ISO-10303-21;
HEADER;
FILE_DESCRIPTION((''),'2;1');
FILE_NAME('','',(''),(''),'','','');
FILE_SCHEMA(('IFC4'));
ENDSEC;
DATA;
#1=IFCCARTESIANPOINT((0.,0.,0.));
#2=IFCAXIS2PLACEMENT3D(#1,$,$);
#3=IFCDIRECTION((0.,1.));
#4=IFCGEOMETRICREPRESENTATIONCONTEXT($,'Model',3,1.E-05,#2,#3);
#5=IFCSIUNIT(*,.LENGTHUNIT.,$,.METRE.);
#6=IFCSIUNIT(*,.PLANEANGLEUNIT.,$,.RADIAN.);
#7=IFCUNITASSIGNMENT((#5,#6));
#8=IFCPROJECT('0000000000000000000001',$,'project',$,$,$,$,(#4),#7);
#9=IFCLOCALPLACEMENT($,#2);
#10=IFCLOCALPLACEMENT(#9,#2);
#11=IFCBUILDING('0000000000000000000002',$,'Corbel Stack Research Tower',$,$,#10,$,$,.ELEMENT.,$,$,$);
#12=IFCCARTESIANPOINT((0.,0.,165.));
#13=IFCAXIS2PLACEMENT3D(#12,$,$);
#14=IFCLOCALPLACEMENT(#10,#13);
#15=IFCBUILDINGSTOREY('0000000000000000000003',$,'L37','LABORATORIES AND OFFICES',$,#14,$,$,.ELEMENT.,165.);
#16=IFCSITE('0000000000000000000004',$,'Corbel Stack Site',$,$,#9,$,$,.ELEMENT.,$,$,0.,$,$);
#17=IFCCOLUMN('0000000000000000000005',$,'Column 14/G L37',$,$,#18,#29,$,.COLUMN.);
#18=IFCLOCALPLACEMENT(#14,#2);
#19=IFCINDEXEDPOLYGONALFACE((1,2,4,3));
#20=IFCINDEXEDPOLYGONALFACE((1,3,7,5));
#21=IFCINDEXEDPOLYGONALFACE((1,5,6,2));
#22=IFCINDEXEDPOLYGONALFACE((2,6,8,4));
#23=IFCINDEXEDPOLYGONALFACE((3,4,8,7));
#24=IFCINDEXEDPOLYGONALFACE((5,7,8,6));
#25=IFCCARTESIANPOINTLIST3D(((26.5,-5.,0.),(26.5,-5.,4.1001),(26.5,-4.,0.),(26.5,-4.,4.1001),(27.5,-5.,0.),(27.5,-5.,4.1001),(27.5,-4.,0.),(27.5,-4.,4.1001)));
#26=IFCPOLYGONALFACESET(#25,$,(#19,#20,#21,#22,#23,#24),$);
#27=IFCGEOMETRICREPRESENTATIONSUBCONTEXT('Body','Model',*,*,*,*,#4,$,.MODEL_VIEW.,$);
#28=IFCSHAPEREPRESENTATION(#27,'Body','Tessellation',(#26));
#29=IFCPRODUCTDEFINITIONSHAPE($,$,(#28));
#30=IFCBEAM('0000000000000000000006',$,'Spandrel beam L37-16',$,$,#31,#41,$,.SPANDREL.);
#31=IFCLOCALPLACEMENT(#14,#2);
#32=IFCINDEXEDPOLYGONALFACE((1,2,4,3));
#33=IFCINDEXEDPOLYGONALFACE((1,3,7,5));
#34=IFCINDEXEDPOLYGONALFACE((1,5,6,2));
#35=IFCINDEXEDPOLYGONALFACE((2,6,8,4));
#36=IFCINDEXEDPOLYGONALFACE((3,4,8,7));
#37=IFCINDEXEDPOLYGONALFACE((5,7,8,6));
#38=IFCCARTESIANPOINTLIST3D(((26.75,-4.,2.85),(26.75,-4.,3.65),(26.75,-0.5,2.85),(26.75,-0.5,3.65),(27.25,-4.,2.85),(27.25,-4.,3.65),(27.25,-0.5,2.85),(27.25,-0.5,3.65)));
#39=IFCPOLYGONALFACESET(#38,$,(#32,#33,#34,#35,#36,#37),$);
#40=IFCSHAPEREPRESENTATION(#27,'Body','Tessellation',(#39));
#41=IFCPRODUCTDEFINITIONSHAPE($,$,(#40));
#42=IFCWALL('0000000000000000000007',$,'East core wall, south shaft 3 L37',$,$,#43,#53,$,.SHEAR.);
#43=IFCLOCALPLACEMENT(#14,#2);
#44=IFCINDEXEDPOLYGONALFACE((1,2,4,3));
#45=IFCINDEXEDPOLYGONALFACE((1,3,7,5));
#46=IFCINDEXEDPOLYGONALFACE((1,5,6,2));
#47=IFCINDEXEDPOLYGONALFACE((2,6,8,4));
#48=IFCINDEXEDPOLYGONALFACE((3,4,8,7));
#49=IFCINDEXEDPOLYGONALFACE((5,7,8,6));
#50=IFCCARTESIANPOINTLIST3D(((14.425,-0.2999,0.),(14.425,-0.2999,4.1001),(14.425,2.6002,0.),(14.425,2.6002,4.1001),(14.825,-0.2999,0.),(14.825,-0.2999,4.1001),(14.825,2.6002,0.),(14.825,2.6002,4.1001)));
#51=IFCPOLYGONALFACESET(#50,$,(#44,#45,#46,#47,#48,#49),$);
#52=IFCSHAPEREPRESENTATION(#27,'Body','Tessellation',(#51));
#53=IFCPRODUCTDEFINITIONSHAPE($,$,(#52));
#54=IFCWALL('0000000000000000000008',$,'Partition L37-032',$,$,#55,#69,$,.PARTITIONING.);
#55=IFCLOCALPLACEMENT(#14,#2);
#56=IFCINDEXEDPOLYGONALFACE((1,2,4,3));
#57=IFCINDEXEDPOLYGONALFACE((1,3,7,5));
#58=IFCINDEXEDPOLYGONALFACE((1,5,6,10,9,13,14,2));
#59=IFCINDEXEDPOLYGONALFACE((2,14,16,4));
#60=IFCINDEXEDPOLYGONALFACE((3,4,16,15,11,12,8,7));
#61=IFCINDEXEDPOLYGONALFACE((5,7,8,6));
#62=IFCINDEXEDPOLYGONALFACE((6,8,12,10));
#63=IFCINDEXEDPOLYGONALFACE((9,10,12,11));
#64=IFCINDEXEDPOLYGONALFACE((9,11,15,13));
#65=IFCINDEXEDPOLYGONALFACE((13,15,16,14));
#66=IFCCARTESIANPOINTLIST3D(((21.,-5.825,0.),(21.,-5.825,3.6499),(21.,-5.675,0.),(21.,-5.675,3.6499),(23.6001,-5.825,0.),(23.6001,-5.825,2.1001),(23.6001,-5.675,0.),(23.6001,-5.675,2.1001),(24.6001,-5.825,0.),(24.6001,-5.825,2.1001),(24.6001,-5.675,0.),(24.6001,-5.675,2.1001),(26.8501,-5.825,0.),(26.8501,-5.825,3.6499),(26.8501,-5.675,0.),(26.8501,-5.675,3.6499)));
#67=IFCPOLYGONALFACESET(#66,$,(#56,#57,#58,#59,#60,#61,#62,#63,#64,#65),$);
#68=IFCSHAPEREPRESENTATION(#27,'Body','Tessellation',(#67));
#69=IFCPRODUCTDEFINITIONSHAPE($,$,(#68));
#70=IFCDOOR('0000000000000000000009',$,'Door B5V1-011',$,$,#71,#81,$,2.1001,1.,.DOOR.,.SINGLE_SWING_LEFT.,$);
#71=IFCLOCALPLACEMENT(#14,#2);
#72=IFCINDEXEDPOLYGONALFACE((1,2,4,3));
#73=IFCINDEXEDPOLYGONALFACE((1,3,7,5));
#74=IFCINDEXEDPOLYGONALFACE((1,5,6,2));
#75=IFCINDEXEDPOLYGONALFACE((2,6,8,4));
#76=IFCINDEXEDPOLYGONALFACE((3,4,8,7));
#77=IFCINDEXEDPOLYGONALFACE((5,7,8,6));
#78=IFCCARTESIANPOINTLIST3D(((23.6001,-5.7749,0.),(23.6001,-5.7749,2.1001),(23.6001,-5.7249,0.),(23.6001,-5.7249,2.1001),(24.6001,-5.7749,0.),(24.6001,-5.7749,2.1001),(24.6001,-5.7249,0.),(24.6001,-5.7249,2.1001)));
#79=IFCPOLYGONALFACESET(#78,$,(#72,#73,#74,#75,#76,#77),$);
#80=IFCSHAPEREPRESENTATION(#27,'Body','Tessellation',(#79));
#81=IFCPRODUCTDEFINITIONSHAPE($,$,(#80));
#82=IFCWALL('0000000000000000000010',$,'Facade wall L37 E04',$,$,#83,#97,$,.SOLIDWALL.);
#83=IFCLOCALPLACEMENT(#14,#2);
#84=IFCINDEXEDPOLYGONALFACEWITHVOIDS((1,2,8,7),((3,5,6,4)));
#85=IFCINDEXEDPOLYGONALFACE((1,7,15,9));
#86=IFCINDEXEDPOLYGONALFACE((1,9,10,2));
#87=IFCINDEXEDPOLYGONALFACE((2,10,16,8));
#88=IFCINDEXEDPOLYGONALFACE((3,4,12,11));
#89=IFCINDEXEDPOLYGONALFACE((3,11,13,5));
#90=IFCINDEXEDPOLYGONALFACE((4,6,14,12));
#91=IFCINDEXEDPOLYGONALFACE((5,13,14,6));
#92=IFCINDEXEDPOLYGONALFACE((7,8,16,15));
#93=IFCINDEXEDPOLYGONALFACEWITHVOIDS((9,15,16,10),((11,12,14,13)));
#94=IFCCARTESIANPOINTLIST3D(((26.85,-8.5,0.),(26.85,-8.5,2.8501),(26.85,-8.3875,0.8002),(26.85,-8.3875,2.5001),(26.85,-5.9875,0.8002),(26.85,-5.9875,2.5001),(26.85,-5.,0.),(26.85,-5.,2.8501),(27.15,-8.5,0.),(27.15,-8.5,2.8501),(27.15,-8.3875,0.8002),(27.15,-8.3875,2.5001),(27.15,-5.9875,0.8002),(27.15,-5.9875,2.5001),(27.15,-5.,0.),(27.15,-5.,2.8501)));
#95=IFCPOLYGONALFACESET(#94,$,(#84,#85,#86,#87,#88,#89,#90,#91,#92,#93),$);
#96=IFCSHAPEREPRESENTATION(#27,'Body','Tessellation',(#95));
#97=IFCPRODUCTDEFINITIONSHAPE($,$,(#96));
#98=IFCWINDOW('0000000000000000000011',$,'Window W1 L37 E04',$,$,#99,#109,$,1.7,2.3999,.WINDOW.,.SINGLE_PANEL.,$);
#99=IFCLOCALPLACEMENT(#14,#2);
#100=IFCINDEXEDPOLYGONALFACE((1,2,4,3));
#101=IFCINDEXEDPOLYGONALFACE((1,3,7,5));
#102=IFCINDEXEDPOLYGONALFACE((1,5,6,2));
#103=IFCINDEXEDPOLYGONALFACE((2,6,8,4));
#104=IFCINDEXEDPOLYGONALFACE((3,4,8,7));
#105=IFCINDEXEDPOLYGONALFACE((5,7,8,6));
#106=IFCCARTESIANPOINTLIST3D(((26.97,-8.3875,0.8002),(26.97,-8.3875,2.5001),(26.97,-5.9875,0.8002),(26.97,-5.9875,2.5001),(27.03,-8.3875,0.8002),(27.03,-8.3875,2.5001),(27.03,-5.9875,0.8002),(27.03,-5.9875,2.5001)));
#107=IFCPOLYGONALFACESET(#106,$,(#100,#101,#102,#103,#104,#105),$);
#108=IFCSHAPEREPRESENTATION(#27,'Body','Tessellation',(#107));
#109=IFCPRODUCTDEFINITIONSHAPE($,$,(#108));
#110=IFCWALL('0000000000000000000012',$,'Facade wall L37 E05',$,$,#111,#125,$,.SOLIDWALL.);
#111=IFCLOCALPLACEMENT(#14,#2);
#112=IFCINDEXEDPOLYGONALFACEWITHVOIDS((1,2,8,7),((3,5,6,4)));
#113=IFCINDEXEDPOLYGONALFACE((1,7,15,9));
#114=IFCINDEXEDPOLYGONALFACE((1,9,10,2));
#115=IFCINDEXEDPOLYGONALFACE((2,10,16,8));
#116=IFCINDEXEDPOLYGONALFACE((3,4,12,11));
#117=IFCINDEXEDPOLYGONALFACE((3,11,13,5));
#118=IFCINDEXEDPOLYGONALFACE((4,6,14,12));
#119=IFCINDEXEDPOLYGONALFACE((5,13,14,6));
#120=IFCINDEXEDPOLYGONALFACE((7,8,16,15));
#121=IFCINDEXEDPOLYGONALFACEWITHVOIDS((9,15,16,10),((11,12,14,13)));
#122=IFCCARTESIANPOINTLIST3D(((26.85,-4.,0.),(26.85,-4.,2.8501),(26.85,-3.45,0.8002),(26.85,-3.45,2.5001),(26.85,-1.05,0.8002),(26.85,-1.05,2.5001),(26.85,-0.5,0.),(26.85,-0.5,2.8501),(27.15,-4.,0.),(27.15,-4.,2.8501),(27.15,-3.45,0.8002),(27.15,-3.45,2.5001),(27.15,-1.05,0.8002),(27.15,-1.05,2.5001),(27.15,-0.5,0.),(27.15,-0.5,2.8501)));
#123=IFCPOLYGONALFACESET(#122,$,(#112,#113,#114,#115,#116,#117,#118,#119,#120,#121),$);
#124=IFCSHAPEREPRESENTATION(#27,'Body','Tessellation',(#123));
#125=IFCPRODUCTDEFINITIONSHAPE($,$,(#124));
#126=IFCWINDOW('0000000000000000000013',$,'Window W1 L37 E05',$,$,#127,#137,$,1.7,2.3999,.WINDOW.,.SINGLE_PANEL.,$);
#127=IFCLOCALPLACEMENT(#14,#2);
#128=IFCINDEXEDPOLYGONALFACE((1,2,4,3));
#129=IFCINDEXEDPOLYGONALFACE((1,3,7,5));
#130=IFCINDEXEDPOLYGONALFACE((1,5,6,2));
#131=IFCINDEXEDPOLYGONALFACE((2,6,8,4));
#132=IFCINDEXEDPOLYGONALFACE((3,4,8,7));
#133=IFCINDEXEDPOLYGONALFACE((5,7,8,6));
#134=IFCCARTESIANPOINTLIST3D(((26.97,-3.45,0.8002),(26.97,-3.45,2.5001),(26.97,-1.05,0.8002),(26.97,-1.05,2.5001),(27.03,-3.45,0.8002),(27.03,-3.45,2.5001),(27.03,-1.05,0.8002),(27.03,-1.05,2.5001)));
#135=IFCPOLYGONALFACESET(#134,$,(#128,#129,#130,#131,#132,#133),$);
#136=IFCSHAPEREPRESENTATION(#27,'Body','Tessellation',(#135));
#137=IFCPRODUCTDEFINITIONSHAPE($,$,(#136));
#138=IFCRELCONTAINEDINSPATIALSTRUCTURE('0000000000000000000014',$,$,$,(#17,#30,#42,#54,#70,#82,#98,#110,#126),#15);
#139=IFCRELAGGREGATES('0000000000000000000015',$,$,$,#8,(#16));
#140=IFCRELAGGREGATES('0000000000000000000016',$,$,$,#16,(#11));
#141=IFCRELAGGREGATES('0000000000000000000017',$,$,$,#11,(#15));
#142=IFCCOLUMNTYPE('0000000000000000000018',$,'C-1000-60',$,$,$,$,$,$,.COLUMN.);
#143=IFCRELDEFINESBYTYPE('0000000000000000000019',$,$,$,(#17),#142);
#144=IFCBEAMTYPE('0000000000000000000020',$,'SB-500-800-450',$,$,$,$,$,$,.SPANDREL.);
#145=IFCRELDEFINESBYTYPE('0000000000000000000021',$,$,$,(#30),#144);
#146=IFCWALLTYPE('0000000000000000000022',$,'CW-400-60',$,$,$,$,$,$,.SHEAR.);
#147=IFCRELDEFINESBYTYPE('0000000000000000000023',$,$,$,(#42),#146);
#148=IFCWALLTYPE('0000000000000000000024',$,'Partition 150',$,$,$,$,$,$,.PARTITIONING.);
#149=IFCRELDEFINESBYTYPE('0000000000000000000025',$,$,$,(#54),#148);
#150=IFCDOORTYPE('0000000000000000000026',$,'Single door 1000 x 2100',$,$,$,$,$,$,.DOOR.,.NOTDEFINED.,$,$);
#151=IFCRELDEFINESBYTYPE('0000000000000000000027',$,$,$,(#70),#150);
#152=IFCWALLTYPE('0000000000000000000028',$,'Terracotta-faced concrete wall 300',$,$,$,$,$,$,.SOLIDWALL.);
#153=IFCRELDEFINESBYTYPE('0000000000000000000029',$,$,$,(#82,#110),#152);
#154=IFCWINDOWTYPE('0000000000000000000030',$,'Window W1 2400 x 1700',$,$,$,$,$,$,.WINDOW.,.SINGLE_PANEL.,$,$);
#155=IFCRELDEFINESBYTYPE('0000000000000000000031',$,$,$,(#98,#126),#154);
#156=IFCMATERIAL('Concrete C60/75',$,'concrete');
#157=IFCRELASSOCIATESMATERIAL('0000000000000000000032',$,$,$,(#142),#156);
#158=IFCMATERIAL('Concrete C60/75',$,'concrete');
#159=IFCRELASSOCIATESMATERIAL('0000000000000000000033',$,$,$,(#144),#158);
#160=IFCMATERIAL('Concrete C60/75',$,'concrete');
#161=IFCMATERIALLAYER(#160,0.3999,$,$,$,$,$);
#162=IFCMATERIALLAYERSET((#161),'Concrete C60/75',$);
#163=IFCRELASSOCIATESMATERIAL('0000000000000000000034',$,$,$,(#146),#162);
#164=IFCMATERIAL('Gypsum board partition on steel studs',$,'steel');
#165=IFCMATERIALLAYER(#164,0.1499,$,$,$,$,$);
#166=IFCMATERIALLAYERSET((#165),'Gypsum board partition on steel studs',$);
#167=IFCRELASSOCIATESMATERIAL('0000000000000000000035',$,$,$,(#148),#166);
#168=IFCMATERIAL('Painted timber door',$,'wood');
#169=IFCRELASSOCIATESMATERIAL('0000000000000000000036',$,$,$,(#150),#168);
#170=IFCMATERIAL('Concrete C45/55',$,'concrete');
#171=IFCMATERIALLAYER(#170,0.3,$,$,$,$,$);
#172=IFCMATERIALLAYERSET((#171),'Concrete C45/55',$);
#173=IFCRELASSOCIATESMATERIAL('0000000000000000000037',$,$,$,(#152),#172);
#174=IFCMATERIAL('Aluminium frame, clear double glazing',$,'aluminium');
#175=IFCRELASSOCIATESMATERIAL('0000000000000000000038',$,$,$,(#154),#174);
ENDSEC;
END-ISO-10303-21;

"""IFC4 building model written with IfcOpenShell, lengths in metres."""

from ifc_helpers import new_model, si_unit, direction, frame, frame_2d, origin, origin_2d, place, context, subcontext, project, spatial, rectangle, extrude, material, layer, layer_set, material_profile, profile_set, type_object, element, fill, save


model = new_model("IFC4")

# Units and contexts
model_context = context("Model", 3, precision=1e-05, world=origin(), true_north=direction((0.0, 1.0)))
body_context = subcontext(model_context, "Body", "Model", "MODEL_VIEW")
ifc_project = project(units=[si_unit("LENGTHUNIT", "METRE"), si_unit("PLANEANGLEUNIT", "RADIAN")], contexts=[model_context])

# Site, building, storey
site_placement = place(None, origin())
site = spatial("IfcSite", under=ifc_project, at=site_placement, Name="Corbel Stack Site", CompositionType="ELEMENT", RefElevation=0.0)
building_placement = place(site_placement, origin())
building = spatial("IfcBuilding", under=site, at=building_placement, Name="Corbel Stack Research Tower", CompositionType="ELEMENT")
storey_placement = place(building_placement, frame((0.0, 0.0, 165.0)))
storey = spatial("IfcBuildingStorey", under=building, at=storey_placement, Name="L37", Description="LABORATORIES AND OFFICES", CompositionType="ELEMENT", Elevation=165.0)

# Column
ifc_material_1 = material(Name="Concrete C60/75", Category="concrete")
ifc_material_profile_1 = material_profile(ifc_material_1, rectangle(XDim=1.0, YDim=1.0, at=origin_2d()), Name="RC 1000 x 1000")
ifc_profile_set_1 = profile_set([ifc_material_profile_1], Name="Concrete C60/75")
column_type = type_object("IfcColumnType", Name="C-1000-60", PredefinedType="COLUMN", material=ifc_profile_set_1)
column_placement = place(storey_placement, frame((27.0, -4.5, 0.0), z_axis=(0.0, 0.0, 1.0), x_axis=(1.0, 0.0, 0.0)))
element("IfcColumn", 1, at=column_placement, inside=storey, type_object=column_type, Name="Column 14/G L37", PredefinedType="COLUMN", context=body_context, shape_type="SweptSolid", body=[
    extrude(rectangle(XDim=1.0, YDim=1.0, at=origin_2d()), origin(), (0.0, 0.0, 1.0), 4.1001),
])

# Beam
ifc_material_2 = material(Name="Concrete C60/75", Category="concrete")
ifc_material_profile_2 = material_profile(ifc_material_2, rectangle(XDim=0.5, YDim=0.8, at=origin_2d()), Name="RC 500 x 800")
ifc_profile_set_2 = profile_set([ifc_material_profile_2], Name="Concrete C60/75")
beam_type = type_object("IfcBeamType", Name="SB-500-800-450", PredefinedType="SPANDREL", material=ifc_profile_set_2)
beam_placement = place(storey_placement, frame((27.0, -4.0, 3.25), z_axis=(0.0, 1.0, 0.0), x_axis=(-1.0, 0.0, 0.0)))
element("IfcBeam", 2, at=beam_placement, inside=storey, type_object=beam_type, Name="Spandrel beam L37-16", PredefinedType="SPANDREL", context=body_context, shape_type="SweptSolid", body=[
    extrude(rectangle(XDim=0.5, YDim=0.8, at=origin_2d()), origin(), (0.0, 0.0, 1.0), 3.5),
])

# Wall
ifc_material_3 = material(Name="Concrete C60/75", Category="concrete")
ifc_layer_1 = layer(ifc_material_3, 0.3999)
ifc_layer_set_1 = layer_set([ifc_layer_1], Name="Concrete C60/75")
wall_type_1 = type_object("IfcWallType", Name="CW-400-60", PredefinedType="SHEAR", material=ifc_layer_set_1)
wall_1_placement = place(storey_placement, frame((14.625, -0.3, 0.0), z_axis=(0.0, 0.0, 1.0), x_axis=(0.0, 1.0, 0.0)))
element("IfcWall", 3, at=wall_1_placement, inside=storey, type_object=wall_type_1, Name="East core wall, south shaft 3 L37", PredefinedType="SHEAR", context=body_context, shape_type="SweptSolid", body=[
    extrude(rectangle(XDim=2.9001, YDim=0.3999, at=frame_2d((1.4502, 0.0))), origin(), (0.0, 0.0, 1.0), 4.1001),
])

# Wall, opening, door
ifc_material_4 = material(Name="Gypsum board partition on steel studs", Category="steel")
ifc_layer_2 = layer(ifc_material_4, 0.1499)
ifc_layer_set_2 = layer_set([ifc_layer_2], Name="Gypsum board partition on steel studs")
wall_type_2 = type_object("IfcWallType", Name="Partition 150", PredefinedType="PARTITIONING", material=ifc_layer_set_2)
wall_2_placement = place(storey_placement, frame((26.8501, -5.75, 0.0), z_axis=(0.0, 0.0, 1.0), x_axis=(-1.0, 0.0, 0.0)))
wall_2 = element("IfcWall", 4, at=wall_2_placement, inside=storey, type_object=wall_type_2, Name="Partition L37-032", PredefinedType="PARTITIONING", context=body_context, shape_type="SweptSolid", body=[
    extrude(rectangle(XDim=5.8501, YDim=0.1499, at=frame_2d((2.925, 0.0))), origin(), (0.0, 0.0, 1.0), 3.6499),
])
opening_1_placement = place(wall_2_placement, frame((2.25, 0.0, 0.0)))
opening_1 = element("IfcOpeningElement", 5, at=opening_1_placement, cuts=wall_2, PredefinedType="OPENING", context=body_context, shape_type="SweptSolid", body=[
    extrude(rectangle(XDim=1.0, YDim=2.1001, at=frame_2d((0.5, 1.05))), frame((0.0, 0.085, 0.0), z_axis=(0.0, -1.0, 0.0), x_axis=(1.0, 0.0, 0.0)), (0.0, 0.0, 1.0), 0.1699),
])
ifc_material_5 = material(Name="Painted timber door", Category="wood")
door_type = type_object("IfcDoorType", Name="Single door 1000 x 2100", OperationType="NOTDEFINED", PredefinedType="DOOR", material=ifc_material_5)
door_placement = place(opening_1_placement, origin())
door = element("IfcDoor", 6, at=door_placement, inside=storey, type_object=door_type, Name="Door B5V1-011", OperationType="SINGLE_SWING_LEFT", OverallHeight=2.1001, OverallWidth=1.0, PredefinedType="DOOR", context=body_context, shape_type="SweptSolid", body=[
    extrude(rectangle(XDim=1.0, YDim=2.1001, at=frame_2d((0.5, 1.05))), frame((0.0, 0.0249, 0.0), z_axis=(0.0, -1.0, 0.0), x_axis=(1.0, 0.0, 0.0)), (0.0, 0.0, 1.0), 0.05),
])
fill(opening_1, door)

# Walls, openings, windows
ifc_material_6 = material(Name="Concrete C45/55", Category="concrete")
ifc_layer_3 = layer(ifc_material_6, 0.3)
ifc_layer_set_3 = layer_set([ifc_layer_3], Name="Concrete C45/55")
wall_type_3 = type_object("IfcWallType", Name="Terracotta-faced concrete wall 300", PredefinedType="SOLIDWALL", material=ifc_layer_set_3)
wall_3_placement = place(storey_placement, frame((27.0, -5.0, 0.0), z_axis=(0.0, 0.0, 1.0), x_axis=(0.0, -1.0, 0.0)))
wall_3 = element("IfcWall", 7, at=wall_3_placement, inside=storey, type_object=wall_type_3, Name="Facade wall L37 E04", PredefinedType="SOLIDWALL", context=body_context, shape_type="SweptSolid", body=[
    extrude(rectangle(XDim=3.5, YDim=0.3, at=frame_2d((1.75, 0.0))), origin(), (0.0, 0.0, 1.0), 2.8501),
])
opening_2_placement = place(wall_3_placement, frame((0.9875, 0.0, 0.8)))
opening_2 = element("IfcOpeningElement", 8, at=opening_2_placement, cuts=wall_3, PredefinedType="OPENING", context=body_context, shape_type="SweptSolid", body=[
    extrude(rectangle(XDim=2.3999, YDim=1.7, at=frame_2d((1.2, 0.8501))), frame((0.0, 0.1599, 0.0), z_axis=(0.0, -1.0, 0.0), x_axis=(1.0, 0.0, 0.0)), (0.0, 0.0, 1.0), 0.3201),
])
ifc_material_7 = material(Name="Aluminium frame, clear double glazing", Category="aluminium")
window_type = type_object("IfcWindowType", Name="Window W1 2400 x 1700", PartitioningType="SINGLE_PANEL", PredefinedType="WINDOW", material=ifc_material_7)
window_1_placement = place(opening_2_placement, origin())
window_1 = element("IfcWindow", 9, at=window_1_placement, inside=storey, type_object=window_type, Name="Window W1 L37 E04", OverallHeight=1.7, OverallWidth=2.3999, PartitioningType="SINGLE_PANEL", PredefinedType="WINDOW", context=body_context, shape_type="SweptSolid", body=[
    extrude(rectangle(XDim=2.3999, YDim=1.7, at=frame_2d((1.2, 0.8501))), frame((0.0, 0.03, 0.0), z_axis=(0.0, -1.0, 0.0), x_axis=(1.0, 0.0, 0.0)), (0.0, 0.0, 1.0), 0.0601),
])
fill(opening_2, window_1)
wall_4_placement = place(storey_placement, frame((27.0, -0.5, 0.0), z_axis=(0.0, 0.0, 1.0), x_axis=(0.0, -1.0, 0.0)))
wall_4 = element("IfcWall", 10, at=wall_4_placement, inside=storey, type_object=wall_type_3, Name="Facade wall L37 E05", PredefinedType="SOLIDWALL", context=body_context, shape_type="SweptSolid", body=[
    extrude(rectangle(XDim=3.5, YDim=0.3, at=frame_2d((1.75, 0.0))), origin(), (0.0, 0.0, 1.0), 2.8501),
])
opening_3_placement = place(wall_4_placement, frame((0.55, 0.0, 0.8)))
opening_3 = element("IfcOpeningElement", 11, at=opening_3_placement, cuts=wall_4, PredefinedType="OPENING", context=body_context, shape_type="SweptSolid", body=[
    extrude(rectangle(XDim=2.3999, YDim=1.7, at=frame_2d((1.2, 0.8501))), frame((0.0, 0.1599, 0.0), z_axis=(0.0, -1.0, 0.0), x_axis=(1.0, 0.0, 0.0)), (0.0, 0.0, 1.0), 0.3201),
])
window_2_placement = place(opening_3_placement, origin())
window_2 = element("IfcWindow", 12, at=window_2_placement, inside=storey, type_object=window_type, Name="Window W1 L37 E05", OverallHeight=1.7, OverallWidth=2.3999, PartitioningType="SINGLE_PANEL", PredefinedType="WINDOW", context=body_context, shape_type="SweptSolid", body=[
    extrude(rectangle(XDim=2.3999, YDim=1.7, at=frame_2d((1.2, 0.8501))), frame((0.0, 0.03, 0.0), z_axis=(0.0, -1.0, 0.0), x_axis=(1.0, 0.0, 0.0)), (0.0, 0.0, 1.0), 0.0601),
])
fill(opening_3, window_2)

save(model, "model.ifc")
